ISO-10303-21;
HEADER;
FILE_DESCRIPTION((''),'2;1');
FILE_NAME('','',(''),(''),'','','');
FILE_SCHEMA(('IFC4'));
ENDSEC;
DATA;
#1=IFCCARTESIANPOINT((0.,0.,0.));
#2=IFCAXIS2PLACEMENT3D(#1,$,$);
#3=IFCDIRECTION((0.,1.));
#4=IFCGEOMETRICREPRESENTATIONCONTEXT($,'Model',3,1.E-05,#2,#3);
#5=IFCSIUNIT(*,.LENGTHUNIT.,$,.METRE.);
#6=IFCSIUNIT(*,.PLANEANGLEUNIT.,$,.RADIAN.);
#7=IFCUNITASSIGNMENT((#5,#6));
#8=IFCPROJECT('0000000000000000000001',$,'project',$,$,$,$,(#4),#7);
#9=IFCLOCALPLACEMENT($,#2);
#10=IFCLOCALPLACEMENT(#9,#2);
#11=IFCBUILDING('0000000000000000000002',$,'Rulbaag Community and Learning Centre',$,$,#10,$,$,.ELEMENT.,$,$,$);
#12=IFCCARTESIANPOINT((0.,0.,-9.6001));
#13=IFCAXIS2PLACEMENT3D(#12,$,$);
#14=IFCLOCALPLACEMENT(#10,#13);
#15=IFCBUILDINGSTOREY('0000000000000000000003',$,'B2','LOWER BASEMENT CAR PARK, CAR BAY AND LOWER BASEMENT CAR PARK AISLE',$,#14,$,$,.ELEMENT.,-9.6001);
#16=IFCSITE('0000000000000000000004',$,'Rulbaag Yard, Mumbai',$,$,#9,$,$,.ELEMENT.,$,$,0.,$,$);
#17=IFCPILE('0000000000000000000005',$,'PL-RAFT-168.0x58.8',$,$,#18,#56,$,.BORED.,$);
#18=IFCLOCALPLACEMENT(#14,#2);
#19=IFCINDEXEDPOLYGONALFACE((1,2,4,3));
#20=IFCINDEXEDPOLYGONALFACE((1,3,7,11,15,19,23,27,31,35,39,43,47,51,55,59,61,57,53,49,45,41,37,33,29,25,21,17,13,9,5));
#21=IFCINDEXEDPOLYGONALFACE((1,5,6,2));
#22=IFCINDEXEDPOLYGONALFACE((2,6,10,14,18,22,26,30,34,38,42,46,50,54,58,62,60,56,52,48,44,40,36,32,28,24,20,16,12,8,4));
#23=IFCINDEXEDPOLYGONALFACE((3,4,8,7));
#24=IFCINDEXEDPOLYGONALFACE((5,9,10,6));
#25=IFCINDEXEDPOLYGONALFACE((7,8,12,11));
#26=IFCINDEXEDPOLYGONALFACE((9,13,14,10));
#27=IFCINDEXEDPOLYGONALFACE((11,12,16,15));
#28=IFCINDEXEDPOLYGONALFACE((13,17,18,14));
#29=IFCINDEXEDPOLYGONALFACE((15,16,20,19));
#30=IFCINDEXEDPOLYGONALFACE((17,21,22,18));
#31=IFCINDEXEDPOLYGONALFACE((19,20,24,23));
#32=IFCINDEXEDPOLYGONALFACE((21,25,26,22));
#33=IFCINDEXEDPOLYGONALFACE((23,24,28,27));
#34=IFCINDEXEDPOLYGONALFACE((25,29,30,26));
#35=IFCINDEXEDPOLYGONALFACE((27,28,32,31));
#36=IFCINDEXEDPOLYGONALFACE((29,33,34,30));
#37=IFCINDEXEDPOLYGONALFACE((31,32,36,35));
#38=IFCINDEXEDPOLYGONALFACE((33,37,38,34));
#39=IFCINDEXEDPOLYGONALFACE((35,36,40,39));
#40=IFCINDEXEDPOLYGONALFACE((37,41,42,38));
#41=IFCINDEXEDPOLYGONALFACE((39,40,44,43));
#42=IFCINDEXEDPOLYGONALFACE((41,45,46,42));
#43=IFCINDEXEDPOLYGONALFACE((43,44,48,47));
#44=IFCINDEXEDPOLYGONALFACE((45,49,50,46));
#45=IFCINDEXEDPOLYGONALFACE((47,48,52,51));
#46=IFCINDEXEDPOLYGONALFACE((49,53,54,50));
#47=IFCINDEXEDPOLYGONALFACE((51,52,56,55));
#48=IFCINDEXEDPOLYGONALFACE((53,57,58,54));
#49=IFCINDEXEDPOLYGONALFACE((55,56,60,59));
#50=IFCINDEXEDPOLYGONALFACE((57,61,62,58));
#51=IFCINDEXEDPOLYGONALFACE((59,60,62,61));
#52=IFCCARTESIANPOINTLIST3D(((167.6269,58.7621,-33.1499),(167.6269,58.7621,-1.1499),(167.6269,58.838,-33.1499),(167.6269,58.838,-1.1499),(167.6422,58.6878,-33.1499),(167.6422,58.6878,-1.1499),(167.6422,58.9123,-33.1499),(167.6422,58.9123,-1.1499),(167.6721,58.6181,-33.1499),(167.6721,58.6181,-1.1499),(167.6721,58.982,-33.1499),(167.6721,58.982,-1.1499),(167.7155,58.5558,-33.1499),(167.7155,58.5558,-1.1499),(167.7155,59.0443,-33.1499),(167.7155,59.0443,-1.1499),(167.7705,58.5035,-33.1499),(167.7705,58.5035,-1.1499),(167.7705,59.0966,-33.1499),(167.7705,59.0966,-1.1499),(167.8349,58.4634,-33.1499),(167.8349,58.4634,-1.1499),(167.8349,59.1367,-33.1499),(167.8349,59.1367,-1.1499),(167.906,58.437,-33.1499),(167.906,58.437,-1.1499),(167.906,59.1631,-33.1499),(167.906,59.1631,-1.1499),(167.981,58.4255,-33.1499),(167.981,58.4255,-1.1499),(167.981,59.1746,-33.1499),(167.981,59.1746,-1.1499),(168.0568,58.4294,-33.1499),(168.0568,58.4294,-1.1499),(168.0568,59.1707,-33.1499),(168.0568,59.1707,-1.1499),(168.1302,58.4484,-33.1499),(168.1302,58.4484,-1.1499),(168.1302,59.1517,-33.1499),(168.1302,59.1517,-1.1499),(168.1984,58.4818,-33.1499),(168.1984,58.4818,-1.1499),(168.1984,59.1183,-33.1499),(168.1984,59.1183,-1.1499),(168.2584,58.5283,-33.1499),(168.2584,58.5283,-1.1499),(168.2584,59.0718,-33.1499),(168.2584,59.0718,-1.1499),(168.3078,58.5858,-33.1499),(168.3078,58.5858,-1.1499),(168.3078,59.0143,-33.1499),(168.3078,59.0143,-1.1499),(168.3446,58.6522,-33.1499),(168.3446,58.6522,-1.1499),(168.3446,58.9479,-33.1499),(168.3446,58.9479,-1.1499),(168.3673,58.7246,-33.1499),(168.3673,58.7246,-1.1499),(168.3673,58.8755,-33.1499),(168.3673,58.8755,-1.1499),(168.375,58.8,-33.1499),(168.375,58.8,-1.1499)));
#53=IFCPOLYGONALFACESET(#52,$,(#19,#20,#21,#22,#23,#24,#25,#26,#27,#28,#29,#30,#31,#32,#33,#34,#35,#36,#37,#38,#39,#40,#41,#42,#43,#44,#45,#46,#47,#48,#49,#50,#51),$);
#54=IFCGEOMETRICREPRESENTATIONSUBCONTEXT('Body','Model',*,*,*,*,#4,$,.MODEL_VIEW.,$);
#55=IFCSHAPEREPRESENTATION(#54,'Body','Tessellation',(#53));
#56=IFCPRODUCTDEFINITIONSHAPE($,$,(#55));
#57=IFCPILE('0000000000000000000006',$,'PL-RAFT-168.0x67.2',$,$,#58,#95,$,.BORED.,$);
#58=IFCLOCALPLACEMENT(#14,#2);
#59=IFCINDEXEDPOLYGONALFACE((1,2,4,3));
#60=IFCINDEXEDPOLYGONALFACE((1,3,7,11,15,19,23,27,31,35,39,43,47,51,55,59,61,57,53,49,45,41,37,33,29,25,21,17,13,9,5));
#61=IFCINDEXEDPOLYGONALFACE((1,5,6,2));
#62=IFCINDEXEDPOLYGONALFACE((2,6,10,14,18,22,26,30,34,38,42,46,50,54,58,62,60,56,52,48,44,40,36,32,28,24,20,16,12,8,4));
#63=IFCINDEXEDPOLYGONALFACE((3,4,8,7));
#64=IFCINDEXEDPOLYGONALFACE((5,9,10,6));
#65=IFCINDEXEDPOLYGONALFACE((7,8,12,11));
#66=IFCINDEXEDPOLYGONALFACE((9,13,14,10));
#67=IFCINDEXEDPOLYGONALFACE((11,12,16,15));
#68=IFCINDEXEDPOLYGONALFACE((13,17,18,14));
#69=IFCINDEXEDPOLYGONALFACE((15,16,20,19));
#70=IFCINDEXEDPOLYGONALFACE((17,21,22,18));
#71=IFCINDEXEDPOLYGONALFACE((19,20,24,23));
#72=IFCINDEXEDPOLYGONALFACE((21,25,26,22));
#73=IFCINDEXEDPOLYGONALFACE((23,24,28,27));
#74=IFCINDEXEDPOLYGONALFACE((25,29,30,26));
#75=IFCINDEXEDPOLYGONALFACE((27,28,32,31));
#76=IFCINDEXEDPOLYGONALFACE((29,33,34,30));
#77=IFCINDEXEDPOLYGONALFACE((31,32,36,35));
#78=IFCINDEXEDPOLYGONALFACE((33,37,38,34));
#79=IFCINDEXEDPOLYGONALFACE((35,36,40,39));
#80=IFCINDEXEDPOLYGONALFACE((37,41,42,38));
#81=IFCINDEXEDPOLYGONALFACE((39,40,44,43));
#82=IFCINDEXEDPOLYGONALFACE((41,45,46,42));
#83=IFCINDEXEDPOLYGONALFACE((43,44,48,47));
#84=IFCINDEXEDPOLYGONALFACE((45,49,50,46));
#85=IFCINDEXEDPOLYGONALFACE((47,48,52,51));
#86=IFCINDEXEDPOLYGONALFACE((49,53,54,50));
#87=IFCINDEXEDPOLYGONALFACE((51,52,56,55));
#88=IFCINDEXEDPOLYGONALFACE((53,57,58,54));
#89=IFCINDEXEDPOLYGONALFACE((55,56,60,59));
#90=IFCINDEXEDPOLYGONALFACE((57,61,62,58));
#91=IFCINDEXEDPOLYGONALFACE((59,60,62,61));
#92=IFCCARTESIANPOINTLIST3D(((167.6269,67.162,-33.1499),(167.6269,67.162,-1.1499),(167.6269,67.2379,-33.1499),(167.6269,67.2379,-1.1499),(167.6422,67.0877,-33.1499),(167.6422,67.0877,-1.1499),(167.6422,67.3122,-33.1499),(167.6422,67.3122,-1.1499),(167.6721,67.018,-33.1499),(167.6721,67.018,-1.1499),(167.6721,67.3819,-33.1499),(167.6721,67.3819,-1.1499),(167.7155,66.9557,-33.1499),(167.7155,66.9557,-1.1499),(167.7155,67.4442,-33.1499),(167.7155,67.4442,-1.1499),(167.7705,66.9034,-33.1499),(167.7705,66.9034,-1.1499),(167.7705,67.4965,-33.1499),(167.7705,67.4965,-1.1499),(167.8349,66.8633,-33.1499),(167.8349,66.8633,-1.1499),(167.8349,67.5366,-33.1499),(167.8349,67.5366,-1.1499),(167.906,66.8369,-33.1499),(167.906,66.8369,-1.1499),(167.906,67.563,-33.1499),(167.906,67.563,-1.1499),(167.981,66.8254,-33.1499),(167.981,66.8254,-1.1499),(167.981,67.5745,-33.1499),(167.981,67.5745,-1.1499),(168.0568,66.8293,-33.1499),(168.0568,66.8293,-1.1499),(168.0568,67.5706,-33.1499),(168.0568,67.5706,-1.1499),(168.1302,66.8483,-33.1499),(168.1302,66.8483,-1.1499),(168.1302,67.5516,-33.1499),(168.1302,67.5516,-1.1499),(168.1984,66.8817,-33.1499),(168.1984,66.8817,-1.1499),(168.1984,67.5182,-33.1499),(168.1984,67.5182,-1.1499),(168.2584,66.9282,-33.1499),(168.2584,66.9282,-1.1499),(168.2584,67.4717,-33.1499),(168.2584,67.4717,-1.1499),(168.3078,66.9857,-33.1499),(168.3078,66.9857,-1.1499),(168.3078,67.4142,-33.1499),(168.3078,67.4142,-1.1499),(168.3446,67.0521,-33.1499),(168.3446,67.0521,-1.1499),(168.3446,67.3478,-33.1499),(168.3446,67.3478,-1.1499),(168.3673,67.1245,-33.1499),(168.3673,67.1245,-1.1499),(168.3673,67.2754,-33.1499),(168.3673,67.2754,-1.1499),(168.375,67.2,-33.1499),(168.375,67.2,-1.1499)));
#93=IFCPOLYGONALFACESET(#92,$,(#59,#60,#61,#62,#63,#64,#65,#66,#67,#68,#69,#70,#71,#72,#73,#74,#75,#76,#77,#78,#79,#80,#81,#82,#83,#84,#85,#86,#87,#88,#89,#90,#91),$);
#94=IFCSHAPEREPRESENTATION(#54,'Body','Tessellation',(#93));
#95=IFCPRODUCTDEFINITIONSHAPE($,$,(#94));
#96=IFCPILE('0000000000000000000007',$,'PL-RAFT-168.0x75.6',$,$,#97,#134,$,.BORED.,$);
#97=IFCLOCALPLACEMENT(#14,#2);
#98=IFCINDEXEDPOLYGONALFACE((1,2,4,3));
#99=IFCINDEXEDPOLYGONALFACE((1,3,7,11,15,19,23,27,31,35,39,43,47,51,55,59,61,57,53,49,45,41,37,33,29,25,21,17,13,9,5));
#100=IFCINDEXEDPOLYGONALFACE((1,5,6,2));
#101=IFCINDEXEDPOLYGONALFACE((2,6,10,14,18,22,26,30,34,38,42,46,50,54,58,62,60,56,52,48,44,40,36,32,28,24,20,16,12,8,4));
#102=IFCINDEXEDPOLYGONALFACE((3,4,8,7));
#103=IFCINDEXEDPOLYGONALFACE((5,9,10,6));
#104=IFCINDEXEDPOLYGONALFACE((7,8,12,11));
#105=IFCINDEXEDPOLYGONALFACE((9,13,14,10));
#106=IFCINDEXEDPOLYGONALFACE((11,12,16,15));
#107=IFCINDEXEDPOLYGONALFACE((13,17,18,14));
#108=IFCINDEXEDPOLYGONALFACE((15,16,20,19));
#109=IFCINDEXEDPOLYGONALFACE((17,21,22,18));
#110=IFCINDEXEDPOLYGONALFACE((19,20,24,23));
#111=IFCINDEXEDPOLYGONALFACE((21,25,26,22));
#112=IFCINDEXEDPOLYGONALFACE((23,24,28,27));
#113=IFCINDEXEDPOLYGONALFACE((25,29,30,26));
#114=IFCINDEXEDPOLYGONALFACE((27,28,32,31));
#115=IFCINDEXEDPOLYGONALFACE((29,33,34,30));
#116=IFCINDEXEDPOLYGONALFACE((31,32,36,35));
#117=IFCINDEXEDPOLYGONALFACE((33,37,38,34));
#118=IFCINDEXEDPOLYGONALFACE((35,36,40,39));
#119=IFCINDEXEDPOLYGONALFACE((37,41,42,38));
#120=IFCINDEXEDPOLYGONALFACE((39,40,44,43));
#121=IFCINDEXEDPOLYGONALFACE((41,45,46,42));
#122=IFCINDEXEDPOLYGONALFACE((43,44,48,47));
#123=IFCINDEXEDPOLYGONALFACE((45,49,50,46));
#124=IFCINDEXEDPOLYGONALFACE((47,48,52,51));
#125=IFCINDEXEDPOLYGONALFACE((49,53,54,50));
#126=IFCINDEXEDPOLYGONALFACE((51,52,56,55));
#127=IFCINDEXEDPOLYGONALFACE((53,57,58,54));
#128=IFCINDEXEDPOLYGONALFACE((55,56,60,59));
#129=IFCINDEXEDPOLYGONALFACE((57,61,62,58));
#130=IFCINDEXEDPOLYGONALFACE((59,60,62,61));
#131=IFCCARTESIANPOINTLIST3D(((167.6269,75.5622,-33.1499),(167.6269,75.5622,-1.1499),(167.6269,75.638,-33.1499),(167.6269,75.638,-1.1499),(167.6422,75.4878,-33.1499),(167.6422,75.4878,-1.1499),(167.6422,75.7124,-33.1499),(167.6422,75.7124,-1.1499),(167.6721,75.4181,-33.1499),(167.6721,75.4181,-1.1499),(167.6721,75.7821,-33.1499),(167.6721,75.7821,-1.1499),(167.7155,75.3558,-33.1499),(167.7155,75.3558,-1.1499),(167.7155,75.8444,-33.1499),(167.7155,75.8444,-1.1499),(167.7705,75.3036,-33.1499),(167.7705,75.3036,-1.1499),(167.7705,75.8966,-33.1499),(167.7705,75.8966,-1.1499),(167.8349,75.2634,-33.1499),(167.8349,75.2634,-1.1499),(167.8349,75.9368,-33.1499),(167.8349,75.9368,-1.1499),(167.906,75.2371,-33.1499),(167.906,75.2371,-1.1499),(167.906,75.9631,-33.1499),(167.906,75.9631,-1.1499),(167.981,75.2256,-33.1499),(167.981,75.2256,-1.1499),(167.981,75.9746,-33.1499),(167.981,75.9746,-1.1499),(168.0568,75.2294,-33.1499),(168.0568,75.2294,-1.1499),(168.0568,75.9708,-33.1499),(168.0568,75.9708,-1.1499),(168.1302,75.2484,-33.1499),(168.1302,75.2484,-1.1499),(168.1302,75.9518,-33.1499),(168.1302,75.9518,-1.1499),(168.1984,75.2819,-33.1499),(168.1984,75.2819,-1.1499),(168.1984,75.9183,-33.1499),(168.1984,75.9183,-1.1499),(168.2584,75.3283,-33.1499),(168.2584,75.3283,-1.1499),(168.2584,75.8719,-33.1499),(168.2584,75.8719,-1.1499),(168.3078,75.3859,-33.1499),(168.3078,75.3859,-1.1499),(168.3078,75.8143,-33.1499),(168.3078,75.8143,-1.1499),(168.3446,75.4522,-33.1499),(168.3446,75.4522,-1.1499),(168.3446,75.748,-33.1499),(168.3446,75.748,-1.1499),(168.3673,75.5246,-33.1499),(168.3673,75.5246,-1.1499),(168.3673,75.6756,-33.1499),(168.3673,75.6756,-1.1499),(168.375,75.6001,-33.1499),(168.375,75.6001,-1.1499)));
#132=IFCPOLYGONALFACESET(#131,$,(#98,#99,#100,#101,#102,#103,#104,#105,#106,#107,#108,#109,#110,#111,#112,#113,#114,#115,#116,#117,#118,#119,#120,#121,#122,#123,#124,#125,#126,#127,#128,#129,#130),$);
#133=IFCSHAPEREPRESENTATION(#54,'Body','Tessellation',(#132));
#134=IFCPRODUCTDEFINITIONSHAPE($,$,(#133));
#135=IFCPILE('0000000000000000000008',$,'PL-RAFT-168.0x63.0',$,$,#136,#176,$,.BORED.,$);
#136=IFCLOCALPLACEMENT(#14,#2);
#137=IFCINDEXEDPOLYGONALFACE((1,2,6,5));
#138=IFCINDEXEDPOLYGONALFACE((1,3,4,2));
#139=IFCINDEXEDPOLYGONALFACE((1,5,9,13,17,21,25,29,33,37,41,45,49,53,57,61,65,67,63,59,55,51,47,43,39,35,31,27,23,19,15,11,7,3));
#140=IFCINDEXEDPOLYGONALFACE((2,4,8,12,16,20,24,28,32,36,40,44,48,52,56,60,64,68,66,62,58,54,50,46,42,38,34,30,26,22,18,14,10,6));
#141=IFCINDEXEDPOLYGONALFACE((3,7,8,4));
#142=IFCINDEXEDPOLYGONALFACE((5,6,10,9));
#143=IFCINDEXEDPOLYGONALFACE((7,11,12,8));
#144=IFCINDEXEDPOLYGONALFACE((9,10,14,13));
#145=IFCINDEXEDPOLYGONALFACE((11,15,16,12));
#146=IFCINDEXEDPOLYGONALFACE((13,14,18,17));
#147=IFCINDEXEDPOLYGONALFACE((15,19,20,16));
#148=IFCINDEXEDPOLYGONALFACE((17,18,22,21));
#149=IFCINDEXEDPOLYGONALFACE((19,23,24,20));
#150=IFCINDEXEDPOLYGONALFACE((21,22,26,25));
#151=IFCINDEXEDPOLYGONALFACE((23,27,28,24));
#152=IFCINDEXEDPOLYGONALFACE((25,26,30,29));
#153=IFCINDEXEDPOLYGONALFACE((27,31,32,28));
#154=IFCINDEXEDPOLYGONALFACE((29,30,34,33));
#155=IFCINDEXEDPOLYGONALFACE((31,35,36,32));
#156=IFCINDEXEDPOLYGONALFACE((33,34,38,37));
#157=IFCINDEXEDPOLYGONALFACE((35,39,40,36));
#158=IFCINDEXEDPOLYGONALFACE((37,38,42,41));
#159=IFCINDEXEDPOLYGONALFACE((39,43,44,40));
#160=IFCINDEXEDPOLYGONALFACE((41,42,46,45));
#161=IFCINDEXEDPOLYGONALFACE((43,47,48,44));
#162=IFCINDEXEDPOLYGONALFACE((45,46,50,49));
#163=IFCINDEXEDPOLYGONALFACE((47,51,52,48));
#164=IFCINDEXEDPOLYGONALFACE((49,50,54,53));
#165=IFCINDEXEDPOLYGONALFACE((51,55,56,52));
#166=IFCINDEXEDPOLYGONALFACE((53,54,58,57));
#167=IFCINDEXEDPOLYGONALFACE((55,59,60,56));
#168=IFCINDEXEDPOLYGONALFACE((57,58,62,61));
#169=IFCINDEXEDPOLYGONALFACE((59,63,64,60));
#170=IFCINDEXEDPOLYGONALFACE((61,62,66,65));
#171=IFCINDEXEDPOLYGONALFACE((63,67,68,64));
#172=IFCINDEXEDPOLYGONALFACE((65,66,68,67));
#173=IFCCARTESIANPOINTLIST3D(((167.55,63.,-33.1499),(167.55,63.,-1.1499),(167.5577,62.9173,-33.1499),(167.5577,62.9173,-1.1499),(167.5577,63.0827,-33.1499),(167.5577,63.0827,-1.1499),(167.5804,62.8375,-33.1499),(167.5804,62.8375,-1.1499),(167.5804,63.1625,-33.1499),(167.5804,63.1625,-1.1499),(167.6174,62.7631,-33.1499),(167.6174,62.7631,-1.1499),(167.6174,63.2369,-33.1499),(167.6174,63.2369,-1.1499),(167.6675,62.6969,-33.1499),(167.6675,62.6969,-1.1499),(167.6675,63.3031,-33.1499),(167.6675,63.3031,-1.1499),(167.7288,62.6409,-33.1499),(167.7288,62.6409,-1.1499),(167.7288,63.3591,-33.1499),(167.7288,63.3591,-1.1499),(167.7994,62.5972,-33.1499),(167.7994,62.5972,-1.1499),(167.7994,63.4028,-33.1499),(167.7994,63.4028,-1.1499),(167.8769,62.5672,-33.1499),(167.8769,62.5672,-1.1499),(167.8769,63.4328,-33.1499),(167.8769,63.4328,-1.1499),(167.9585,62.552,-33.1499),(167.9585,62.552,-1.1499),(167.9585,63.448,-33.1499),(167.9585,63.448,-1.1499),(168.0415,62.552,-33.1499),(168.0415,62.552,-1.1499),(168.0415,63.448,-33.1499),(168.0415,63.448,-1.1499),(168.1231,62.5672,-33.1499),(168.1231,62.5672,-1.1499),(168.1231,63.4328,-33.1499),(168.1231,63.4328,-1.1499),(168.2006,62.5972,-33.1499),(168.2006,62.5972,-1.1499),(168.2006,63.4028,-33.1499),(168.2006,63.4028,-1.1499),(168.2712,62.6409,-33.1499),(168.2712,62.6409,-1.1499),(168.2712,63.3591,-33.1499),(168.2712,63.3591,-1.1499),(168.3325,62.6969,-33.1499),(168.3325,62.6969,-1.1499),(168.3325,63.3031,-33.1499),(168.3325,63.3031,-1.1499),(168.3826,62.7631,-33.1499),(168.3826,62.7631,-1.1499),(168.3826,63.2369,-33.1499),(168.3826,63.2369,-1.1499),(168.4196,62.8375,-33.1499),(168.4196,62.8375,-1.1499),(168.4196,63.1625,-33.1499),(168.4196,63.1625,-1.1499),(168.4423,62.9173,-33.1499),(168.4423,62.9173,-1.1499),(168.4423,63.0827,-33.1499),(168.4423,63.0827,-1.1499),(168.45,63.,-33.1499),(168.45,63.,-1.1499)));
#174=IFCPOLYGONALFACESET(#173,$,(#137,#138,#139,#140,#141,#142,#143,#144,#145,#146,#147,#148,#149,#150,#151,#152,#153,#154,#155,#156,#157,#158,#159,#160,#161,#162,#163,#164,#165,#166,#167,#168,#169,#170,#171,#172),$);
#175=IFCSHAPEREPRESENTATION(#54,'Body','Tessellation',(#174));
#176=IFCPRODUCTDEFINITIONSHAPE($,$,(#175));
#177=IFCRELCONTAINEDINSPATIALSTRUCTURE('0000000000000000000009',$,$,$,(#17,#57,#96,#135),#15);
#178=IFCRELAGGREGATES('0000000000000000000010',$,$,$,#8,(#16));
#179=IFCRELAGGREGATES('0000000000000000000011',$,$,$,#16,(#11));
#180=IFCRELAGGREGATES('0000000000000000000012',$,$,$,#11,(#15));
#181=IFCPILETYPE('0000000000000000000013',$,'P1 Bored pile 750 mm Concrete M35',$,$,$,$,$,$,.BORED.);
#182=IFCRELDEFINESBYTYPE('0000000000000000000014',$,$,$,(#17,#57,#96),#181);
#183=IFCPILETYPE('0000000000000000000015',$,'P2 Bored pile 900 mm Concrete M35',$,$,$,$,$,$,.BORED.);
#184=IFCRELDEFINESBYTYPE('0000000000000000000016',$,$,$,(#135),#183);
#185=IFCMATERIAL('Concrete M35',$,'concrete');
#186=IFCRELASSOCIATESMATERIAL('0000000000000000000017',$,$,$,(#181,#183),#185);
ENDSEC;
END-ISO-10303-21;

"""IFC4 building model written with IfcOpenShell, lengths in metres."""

from ifc_helpers import new_model, si_unit, direction, frame, origin, origin_2d, place, context, subcontext, project, spatial, circle, extrude, material, material_profile, profile_set, type_object, element, save


model = new_model("IFC4")

# Units and contexts
model_context = context("Model", 3, precision=1e-05, world=origin(), true_north=direction((0.0, 1.0)))
body_context = subcontext(model_context, "Body", "Model", "MODEL_VIEW")
ifc_project = project(units=[si_unit("LENGTHUNIT", "METRE"), si_unit("PLANEANGLEUNIT", "RADIAN")], contexts=[model_context])

# Site, building, storey
site_placement = place(None, origin())
site = spatial("IfcSite", under=ifc_project, at=site_placement, Name="Rulbaag Yard, Mumbai", CompositionType="ELEMENT", RefElevation=0.0)
building_placement = place(site_placement, origin())
building = spatial("IfcBuilding", under=site, at=building_placement, Name="Rulbaag Community and Learning Centre", CompositionType="ELEMENT")
storey_placement = place(building_placement, frame((0.0, 0.0, -9.6001)))
storey = spatial("IfcBuildingStorey", under=building, at=storey_placement, Name="B2", Description="LOWER BASEMENT CAR PARK, CAR BAY AND LOWER BASEMENT CAR PARK AISLE", CompositionType="ELEMENT", Elevation=-9.6001)

# Piles
ifc_material_1 = material(Name="Concrete M35", Category="concrete")
ifc_material_profile_1 = material_profile(ifc_material_1, circle(Radius=0.375, at=origin_2d()), Name="BP750")
ifc_profile_set_1 = profile_set([ifc_material_profile_1], Name="Concrete M35")
pile_type_1 = type_object("IfcPileType", Name="P1 Bored pile 750 mm Concrete M35", PredefinedType="BORED", material=ifc_profile_set_1)
for number, where, z_axis, x_axis, name in (
    (1, (168.0, 58.8, -1.1499), (0.0, 0.0, -1.0), (1.0, 0.0, 0.0), "PL-RAFT-168.0x58.8"),
    (2, (168.0, 67.2, -1.1499), (0.0, 0.0, -1.0), (1.0, 0.0, 0.0), "PL-RAFT-168.0x67.2"),
    (3, (168.0, 75.6001, -1.1499), (0.0, 0.0, -1.0), (1.0, 0.0, 0.0), "PL-RAFT-168.0x75.6"),
):
    element("IfcPile", number, at=place(storey_placement, frame(where, z_axis=z_axis, x_axis=x_axis)), inside=storey, type_object=pile_type_1, Name=name, PredefinedType="BORED", context=body_context, shape_type="SweptSolid", body=[
        extrude(circle(Radius=0.375, at=origin_2d()), origin(), (0.0, 0.0, 1.0), 32.0),
    ])
ifc_material_profile_2 = material_profile(ifc_material_1, circle(Radius=0.45, at=origin_2d()), Name="BP900")
ifc_profile_set_2 = profile_set([ifc_material_profile_2], Name="Concrete M35")
pile_type_2 = type_object("IfcPileType", Name="P2 Bored pile 900 mm Concrete M35", PredefinedType="BORED", material=ifc_profile_set_2)
for number, where, z_axis, x_axis, name in (
    (4, (168.0, 63.0, -1.1499), (0.0, 0.0, -1.0), (1.0, 0.0, 0.0), "PL-RAFT-168.0x63.0"),
):
    element("IfcPile", number, at=place(storey_placement, frame(where, z_axis=z_axis, x_axis=x_axis)), inside=storey, type_object=pile_type_2, Name=name, PredefinedType="BORED", context=body_context, shape_type="SweptSolid", body=[
        extrude(circle(Radius=0.45, at=origin_2d()), origin(), (0.0, 0.0, 1.0), 32.0),
    ])

save(model, "model.ifc")
